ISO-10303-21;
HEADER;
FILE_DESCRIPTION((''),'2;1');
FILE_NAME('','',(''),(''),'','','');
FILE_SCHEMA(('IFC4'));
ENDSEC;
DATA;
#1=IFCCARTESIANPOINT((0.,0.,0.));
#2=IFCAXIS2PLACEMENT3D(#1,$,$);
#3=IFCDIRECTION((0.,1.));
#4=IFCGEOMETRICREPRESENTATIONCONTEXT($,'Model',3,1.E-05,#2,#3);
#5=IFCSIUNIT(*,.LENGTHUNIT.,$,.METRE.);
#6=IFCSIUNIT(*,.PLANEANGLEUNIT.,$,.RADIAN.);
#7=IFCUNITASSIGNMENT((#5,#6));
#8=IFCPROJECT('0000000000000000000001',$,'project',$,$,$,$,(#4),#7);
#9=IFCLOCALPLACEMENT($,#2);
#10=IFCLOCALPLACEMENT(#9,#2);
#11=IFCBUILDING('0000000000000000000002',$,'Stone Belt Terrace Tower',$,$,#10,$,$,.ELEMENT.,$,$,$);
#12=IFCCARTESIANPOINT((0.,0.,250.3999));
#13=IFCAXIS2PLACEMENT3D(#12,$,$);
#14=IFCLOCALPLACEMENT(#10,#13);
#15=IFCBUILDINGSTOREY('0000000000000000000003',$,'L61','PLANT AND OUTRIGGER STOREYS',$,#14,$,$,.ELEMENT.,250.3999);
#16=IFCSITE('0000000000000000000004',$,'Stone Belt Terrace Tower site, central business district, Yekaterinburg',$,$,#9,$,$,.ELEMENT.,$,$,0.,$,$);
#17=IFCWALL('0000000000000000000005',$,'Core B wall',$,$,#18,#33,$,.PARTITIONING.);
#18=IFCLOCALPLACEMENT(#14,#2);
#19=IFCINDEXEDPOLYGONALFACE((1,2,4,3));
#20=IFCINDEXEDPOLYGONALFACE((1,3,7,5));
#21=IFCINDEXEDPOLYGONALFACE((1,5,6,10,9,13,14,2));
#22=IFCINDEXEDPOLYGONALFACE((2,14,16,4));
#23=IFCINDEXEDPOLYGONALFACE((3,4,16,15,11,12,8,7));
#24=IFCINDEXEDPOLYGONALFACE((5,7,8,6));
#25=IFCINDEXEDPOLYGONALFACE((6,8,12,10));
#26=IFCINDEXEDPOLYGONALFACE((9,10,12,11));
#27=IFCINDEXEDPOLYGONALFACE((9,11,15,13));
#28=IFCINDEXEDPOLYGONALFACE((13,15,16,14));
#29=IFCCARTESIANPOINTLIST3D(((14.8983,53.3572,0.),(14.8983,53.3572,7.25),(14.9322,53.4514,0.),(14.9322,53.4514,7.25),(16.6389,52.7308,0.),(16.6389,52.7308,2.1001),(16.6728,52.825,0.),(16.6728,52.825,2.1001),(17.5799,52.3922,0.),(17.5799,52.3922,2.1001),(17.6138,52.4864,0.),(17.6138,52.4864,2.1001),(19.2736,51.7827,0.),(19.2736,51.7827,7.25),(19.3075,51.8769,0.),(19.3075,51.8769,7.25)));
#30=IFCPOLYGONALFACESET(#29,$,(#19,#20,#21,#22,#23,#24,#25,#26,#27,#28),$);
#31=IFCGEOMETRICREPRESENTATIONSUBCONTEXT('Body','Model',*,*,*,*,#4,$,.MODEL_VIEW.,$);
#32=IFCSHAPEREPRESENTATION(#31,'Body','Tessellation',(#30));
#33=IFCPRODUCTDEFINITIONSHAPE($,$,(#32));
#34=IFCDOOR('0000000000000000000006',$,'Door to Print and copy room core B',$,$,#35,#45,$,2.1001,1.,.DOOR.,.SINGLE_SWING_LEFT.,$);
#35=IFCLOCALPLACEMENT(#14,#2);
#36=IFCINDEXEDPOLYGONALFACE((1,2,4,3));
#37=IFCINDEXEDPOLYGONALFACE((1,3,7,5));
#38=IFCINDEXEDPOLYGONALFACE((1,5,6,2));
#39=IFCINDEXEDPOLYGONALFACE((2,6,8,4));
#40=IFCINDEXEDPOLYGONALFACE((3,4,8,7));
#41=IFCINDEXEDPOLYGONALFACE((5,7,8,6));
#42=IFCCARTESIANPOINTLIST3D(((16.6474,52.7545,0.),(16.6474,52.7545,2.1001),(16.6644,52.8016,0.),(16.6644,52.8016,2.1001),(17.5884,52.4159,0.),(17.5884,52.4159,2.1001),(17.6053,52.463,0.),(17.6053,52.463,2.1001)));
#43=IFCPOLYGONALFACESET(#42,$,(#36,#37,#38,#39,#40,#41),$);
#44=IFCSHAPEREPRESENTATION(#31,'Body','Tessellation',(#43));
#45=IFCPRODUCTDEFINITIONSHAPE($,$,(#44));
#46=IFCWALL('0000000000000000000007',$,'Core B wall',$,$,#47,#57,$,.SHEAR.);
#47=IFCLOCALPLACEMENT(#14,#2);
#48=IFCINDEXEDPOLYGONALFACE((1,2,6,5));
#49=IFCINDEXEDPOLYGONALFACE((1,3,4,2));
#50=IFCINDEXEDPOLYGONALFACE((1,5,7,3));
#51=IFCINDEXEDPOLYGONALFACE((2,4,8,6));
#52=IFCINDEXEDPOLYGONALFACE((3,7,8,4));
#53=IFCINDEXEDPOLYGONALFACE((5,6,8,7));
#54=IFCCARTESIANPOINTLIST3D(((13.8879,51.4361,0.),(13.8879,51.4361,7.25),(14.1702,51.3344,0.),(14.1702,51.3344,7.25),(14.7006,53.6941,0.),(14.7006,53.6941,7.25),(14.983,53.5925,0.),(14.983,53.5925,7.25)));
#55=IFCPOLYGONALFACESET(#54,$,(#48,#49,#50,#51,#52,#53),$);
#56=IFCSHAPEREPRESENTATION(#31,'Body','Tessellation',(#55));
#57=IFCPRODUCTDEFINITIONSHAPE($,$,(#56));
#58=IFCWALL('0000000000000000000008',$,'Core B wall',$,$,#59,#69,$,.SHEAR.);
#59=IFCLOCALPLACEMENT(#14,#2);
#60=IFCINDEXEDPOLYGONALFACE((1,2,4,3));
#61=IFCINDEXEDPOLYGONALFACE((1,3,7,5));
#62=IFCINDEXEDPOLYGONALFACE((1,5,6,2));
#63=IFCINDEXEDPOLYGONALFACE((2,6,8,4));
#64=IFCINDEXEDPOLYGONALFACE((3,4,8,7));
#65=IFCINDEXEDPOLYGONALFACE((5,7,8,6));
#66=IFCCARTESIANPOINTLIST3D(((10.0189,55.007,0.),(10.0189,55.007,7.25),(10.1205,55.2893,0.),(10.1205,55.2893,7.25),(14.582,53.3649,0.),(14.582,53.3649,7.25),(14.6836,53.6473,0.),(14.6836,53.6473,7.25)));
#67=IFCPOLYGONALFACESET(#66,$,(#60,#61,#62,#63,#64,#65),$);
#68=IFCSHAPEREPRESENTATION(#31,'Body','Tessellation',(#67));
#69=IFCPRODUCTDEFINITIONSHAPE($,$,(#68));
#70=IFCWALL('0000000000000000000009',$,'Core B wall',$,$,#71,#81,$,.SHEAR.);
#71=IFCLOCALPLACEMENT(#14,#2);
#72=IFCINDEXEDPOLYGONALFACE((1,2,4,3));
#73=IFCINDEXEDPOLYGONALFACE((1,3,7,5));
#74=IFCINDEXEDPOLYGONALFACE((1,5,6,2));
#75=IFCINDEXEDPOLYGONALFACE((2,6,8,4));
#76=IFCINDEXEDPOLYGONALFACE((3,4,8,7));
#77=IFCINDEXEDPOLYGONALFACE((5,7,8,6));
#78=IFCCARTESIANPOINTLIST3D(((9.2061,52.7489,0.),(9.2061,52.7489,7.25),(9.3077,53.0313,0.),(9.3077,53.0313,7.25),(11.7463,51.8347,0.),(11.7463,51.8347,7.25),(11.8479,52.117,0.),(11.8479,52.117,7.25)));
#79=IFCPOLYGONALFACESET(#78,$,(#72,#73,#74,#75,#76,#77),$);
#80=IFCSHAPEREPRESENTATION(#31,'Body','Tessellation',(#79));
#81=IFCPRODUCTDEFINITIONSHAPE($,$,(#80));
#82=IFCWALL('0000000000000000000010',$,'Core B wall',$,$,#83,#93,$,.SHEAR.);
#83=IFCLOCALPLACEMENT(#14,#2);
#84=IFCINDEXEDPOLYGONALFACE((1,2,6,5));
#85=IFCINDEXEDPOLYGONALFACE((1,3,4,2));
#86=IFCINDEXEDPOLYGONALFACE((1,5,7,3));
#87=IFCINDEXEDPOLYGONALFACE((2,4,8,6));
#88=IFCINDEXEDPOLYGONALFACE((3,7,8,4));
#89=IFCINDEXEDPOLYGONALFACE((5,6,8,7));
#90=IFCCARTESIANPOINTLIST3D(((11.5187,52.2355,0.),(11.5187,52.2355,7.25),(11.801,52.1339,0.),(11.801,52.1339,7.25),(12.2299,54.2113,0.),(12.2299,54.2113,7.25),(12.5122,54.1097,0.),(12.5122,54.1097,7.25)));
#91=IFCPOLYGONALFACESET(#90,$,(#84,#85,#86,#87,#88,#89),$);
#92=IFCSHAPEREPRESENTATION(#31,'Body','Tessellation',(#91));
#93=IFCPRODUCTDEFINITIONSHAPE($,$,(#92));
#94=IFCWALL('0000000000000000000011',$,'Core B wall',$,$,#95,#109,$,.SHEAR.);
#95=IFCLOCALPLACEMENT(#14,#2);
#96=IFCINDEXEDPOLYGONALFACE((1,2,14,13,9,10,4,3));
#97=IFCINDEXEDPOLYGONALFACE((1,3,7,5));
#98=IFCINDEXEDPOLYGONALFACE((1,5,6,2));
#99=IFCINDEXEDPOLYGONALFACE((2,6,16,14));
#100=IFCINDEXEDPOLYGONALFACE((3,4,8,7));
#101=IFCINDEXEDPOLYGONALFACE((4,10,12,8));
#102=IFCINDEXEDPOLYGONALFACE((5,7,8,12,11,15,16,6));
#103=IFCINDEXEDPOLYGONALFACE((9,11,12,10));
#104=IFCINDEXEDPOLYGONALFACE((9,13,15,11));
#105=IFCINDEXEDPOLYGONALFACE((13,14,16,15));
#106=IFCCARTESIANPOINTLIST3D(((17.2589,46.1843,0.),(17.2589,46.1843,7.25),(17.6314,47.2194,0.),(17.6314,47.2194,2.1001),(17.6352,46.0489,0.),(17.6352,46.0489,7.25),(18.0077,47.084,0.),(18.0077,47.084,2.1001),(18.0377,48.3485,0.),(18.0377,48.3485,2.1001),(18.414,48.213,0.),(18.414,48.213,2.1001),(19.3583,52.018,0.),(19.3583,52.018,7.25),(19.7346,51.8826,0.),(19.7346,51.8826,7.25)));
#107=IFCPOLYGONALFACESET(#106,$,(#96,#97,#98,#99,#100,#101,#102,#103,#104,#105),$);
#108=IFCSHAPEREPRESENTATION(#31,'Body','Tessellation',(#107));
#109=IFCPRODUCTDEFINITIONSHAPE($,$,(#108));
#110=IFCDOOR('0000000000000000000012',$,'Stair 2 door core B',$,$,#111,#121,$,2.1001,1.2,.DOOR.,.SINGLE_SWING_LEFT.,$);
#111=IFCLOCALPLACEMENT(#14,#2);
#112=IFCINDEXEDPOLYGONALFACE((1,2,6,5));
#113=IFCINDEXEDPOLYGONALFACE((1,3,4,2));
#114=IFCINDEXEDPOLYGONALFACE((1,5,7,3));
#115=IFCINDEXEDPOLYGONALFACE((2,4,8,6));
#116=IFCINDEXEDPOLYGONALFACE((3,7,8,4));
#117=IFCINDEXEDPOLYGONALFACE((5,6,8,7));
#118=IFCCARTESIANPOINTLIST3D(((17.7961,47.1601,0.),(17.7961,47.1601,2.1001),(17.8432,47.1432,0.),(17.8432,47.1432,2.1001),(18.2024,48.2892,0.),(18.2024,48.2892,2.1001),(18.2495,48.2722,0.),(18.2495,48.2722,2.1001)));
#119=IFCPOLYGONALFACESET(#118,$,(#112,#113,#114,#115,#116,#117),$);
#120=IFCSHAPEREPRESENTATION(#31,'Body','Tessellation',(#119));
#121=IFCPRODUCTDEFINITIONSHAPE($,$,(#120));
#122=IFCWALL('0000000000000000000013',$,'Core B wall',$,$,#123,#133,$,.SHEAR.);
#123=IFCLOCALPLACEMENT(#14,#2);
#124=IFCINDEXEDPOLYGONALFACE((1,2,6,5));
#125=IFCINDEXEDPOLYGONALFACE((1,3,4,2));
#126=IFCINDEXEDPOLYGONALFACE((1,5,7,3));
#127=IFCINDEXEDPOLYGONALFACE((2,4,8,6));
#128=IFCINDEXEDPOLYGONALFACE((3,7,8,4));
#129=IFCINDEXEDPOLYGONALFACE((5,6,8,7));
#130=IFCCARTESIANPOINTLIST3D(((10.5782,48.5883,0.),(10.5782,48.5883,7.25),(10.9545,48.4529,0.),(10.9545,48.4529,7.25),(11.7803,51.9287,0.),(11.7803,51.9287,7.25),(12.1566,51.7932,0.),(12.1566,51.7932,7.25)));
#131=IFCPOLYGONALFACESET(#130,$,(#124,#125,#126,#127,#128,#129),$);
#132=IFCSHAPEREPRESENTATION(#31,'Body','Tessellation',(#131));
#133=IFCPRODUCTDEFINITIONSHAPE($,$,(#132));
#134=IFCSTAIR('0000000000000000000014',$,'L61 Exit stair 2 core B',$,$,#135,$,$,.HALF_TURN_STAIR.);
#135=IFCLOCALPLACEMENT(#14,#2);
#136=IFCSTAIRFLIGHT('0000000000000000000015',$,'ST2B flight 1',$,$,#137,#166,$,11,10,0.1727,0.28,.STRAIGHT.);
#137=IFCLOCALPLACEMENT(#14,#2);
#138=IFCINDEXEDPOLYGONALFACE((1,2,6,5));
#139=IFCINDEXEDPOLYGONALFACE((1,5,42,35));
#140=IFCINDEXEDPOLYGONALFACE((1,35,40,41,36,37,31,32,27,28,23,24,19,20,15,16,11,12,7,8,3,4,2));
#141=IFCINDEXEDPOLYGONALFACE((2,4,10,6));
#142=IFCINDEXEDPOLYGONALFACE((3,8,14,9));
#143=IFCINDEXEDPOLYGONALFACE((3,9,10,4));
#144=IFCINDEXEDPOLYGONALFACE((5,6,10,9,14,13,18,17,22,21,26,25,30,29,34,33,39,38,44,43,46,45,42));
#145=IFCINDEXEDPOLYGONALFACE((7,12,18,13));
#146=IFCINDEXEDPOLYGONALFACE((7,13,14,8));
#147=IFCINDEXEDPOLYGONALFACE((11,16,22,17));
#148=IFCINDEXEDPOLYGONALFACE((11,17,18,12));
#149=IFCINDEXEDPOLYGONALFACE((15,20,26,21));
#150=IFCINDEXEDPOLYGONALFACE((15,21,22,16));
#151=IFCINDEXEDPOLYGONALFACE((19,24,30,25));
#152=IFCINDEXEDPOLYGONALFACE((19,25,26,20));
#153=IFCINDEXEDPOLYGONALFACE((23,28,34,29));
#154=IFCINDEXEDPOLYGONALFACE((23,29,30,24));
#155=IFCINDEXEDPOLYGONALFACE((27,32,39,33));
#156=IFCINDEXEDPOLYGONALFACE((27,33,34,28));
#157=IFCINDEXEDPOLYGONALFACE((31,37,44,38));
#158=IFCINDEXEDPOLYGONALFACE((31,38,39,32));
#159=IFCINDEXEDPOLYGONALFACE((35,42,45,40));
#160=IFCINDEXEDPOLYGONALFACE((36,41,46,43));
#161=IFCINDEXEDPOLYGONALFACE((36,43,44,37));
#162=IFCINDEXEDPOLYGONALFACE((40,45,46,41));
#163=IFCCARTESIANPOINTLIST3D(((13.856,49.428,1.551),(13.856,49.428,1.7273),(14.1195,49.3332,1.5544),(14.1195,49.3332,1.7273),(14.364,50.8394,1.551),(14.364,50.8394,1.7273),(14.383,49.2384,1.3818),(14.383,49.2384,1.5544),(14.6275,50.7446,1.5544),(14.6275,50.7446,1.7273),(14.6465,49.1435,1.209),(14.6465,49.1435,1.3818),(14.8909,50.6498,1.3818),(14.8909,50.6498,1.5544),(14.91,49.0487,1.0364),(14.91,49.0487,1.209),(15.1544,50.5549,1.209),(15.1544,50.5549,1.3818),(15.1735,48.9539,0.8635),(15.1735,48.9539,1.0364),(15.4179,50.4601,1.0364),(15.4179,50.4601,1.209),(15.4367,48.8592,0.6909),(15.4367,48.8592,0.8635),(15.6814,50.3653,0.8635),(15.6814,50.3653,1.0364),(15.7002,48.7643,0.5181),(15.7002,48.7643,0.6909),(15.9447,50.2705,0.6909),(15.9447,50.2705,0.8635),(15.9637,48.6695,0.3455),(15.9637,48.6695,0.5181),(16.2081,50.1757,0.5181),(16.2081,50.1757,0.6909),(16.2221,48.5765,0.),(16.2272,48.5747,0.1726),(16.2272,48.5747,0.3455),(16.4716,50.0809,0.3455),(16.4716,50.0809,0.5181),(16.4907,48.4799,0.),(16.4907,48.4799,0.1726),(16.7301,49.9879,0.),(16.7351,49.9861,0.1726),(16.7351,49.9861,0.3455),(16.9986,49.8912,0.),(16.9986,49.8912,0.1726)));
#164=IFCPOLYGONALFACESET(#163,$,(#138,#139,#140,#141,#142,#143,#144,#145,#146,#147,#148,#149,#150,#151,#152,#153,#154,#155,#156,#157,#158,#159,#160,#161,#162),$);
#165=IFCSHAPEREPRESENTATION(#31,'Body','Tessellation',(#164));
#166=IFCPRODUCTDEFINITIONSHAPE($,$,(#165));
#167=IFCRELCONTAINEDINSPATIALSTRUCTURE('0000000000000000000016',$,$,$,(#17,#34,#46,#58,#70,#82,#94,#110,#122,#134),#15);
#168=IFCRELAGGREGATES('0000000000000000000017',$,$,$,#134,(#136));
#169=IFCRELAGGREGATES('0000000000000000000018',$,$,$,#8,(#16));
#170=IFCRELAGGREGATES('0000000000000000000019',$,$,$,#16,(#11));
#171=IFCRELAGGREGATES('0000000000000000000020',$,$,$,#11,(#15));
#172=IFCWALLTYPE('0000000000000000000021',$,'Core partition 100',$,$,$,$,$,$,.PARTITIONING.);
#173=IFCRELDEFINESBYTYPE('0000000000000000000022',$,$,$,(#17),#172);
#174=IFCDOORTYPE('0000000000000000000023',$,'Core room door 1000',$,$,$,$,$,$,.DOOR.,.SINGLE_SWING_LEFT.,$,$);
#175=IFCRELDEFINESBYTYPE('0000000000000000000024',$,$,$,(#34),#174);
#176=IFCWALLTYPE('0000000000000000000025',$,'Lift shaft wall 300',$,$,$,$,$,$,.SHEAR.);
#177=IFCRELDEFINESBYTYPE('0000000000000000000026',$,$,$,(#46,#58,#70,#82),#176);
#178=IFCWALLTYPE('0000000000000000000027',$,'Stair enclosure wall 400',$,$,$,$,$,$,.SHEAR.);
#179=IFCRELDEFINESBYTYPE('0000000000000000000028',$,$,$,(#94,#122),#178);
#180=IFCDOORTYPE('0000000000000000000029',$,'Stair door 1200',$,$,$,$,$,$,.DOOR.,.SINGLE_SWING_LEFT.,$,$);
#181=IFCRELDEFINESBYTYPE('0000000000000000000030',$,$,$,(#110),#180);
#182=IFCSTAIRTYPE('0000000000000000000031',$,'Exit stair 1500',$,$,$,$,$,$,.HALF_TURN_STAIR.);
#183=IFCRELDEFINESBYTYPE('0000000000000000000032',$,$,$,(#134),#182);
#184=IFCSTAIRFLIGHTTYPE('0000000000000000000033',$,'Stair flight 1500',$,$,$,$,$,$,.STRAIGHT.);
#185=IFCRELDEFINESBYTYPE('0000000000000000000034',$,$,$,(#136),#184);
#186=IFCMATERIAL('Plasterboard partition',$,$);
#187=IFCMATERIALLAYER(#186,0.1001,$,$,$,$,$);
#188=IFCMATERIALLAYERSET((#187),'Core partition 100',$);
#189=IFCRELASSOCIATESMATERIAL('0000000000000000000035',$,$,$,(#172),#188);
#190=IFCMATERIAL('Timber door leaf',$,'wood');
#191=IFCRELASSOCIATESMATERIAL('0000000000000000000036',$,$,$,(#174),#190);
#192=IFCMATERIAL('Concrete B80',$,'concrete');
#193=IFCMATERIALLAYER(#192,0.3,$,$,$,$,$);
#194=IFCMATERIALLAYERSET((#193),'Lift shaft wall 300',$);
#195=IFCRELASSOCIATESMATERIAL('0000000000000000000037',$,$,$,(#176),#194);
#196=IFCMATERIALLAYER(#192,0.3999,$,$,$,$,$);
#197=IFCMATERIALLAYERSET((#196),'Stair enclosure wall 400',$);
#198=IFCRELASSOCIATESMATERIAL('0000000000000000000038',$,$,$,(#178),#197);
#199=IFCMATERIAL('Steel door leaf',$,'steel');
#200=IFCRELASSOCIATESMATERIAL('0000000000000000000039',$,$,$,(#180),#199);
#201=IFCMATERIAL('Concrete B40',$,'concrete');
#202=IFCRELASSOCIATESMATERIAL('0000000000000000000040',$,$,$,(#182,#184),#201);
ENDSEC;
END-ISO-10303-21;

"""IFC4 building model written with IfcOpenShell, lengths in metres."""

from ifc_helpers import new_model, si_unit, direction, frame, frame_2d, origin, place, context, subcontext, project, spatial, polyline, rectangle, outline, extrude, material, layer, layer_set, type_object, element, fill, aggregate, save


model = new_model("IFC4")

# Units and contexts
model_context = context("Model", 3, precision=1e-05, world=origin(), true_north=direction((0.0, 1.0)))
body_context = subcontext(model_context, "Body", "Model", "MODEL_VIEW")
ifc_project = project(units=[si_unit("LENGTHUNIT", "METRE"), si_unit("PLANEANGLEUNIT", "RADIAN")], contexts=[model_context])

# Site, building, storey
site_placement = place(None, origin())
site = spatial("IfcSite", under=ifc_project, at=site_placement, Name="Stone Belt Terrace Tower site, central business district, Yekaterinburg", CompositionType="ELEMENT", RefElevation=0.0)
building_placement = place(site_placement, origin())
building = spatial("IfcBuilding", under=site, at=building_placement, Name="Stone Belt Terrace Tower", CompositionType="ELEMENT")
storey_placement = place(building_placement, frame((0.0, 0.0, 250.3999)))
storey = spatial("IfcBuildingStorey", under=building, at=storey_placement, Name="L61", Description="PLANT AND OUTRIGGER STOREYS", CompositionType="ELEMENT", Elevation=250.3999)

# Wall, opening, door
ifc_material_1 = material(Name="Plasterboard partition")
ifc_layer_1 = layer(ifc_material_1, 0.1001)
ifc_layer_set_1 = layer_set([ifc_layer_1], Name="Core partition 100")
wall_type_1 = type_object("IfcWallType", Name="Core partition 100", PredefinedType="PARTITIONING", material=ifc_layer_set_1)
wall_1_placement = place(storey_placement, frame((19.2905, 51.8298, 0.0), z_axis=(0.0, 0.0, 1.0), x_axis=(-0.94093, 0.3386, 0.0)))
wall_1 = element("IfcWall", 1, at=wall_1_placement, inside=storey, type_object=wall_type_1, Name="Core B wall", PredefinedType="PARTITIONING", context=body_context, shape_type="SweptSolid", body=[
    extrude(rectangle(XDim=4.6499, YDim=0.1001, at=frame_2d((2.325, 0.0))), origin(), (0.0, 0.0, 1.0), 7.25),
])
opening_1_placement = place(wall_1_placement, frame((1.8, 0.0, 0.0)))
opening_1 = element("IfcOpeningElement", 2, at=opening_1_placement, cuts=wall_1, PredefinedType="OPENING", context=body_context, shape_type="SweptSolid", body=[
    extrude(rectangle(XDim=1.0, YDim=2.1001, at=frame_2d((0.5, 1.05))), frame((0.0, 0.0601, 0.0), z_axis=(0.0, -1.0, 0.0), x_axis=(1.0, 0.0, 0.0)), (0.0, 0.0, 1.0), 0.1201),
])
ifc_material_2 = material(Name="Timber door leaf", Category="wood")
door_type_1 = type_object("IfcDoorType", Name="Core room door 1000", OperationType="SINGLE_SWING_LEFT", PredefinedType="DOOR", material=ifc_material_2)
door_1_placement = place(opening_1_placement, origin())
door_1 = element("IfcDoor", 3, at=door_1_placement, inside=storey, type_object=door_type_1, Name="Door to Print and copy room core B", OperationType="SINGLE_SWING_LEFT", OverallHeight=2.1001, OverallWidth=1.0, PredefinedType="DOOR", context=body_context, shape_type="SweptSolid", body=[
    extrude(rectangle(XDim=1.0, YDim=2.1001, at=frame_2d((0.5, 1.05))), frame((0.0, 0.0249, 0.0), z_axis=(0.0, -1.0, 0.0), x_axis=(1.0, 0.0, 0.0)), (0.0, 0.0, 1.0), 0.05),
])
fill(opening_1, door_1)

# Walls
ifc_material_3 = material(Name="Concrete B80", Category="concrete")
ifc_layer_2 = layer(ifc_material_3, 0.3)
ifc_layer_set_2 = layer_set([ifc_layer_2], Name="Lift shaft wall 300")
wall_type_2 = type_object("IfcWallType", Name="Lift shaft wall 300", PredefinedType="SHEAR", material=ifc_layer_set_2)
wall_2_placement = place(storey_placement, frame((14.0291, 51.3853, 0.0), z_axis=(0.0, 0.0, 1.0), x_axis=(0.338662, 0.940908, 0.0)))
element("IfcWall", 4, at=wall_2_placement, inside=storey, type_object=wall_type_2, Name="Core B wall", PredefinedType="SHEAR", context=body_context, shape_type="SweptSolid", body=[
    extrude(rectangle(XDim=2.3999, YDim=0.3, at=frame_2d((1.2, 0.0))), origin(), (0.0, 0.0, 1.0), 7.25),
])
wall_3_placement = place(storey_placement, frame((14.6328, 53.5061, 0.0), z_axis=(0.0, 0.0, 1.0), x_axis=(-0.940932, 0.338596, 0.0)))
element("IfcWall", 5, at=wall_3_placement, inside=storey, type_object=wall_type_2, Name="Core B wall", PredefinedType="SHEAR", context=body_context, shape_type="SweptSolid", body=[
    extrude(rectangle(XDim=4.8496, YDim=0.3, at=frame_2d((2.4248, 0.0))), origin(), (0.0, 0.0, 1.0), 7.25),
])
wall_4_placement = place(storey_placement, frame((11.7971, 51.9758, 0.0), z_axis=(0.0, 0.0, 1.0), x_axis=(-0.94091, 0.338655, 0.0)))
element("IfcWall", 6, at=wall_4_placement, inside=storey, type_object=wall_type_2, Name="Core B wall", PredefinedType="SHEAR", context=body_context, shape_type="SweptSolid", body=[
    extrude(rectangle(XDim=2.6997, YDim=0.3, at=frame_2d((1.3499, 0.0))), origin(), (0.0, 0.0, 1.0), 7.25),
])
wall_5_placement = place(storey_placement, frame((11.6599, 52.1848, 0.0), z_axis=(0.0, 0.0, 1.0), x_axis=(0.33867, 0.940905, 0.0)))
element("IfcWall", 7, at=wall_5_placement, inside=storey, type_object=wall_type_2, Name="Core B wall", PredefinedType="SHEAR", context=body_context, shape_type="SweptSolid", body=[
    extrude(rectangle(XDim=2.0999, YDim=0.3, at=frame_2d((1.0498, 0.0))), origin(), (0.0, 0.0, 1.0), 7.25),
])

# Wall, opening, door
ifc_layer_3 = layer(ifc_material_3, 0.3999)
ifc_layer_set_3 = layer_set([ifc_layer_3], Name="Stair enclosure wall 400")
wall_type_3 = type_object("IfcWallType", Name="Stair enclosure wall 400", PredefinedType="SHEAR", material=ifc_layer_set_3)
wall_6_placement = place(storey_placement, frame((17.447, 46.1165, 0.0), z_axis=(0.0, 0.0, 1.0), x_axis=(0.338608, 0.940928, 0.0)))
wall_6 = element("IfcWall", 8, at=wall_6_placement, inside=storey, type_object=wall_type_3, Name="Core B wall", PredefinedType="SHEAR", context=body_context, shape_type="SweptSolid", body=[
    extrude(rectangle(XDim=6.2, YDim=0.3999, at=frame_2d((3.1001, 0.0))), origin(), (0.0, 0.0, 1.0), 7.25),
])
opening_2_placement = place(wall_6_placement, frame((1.1001, 0.0, 0.0)))
opening_2 = element("IfcOpeningElement", 9, at=opening_2_placement, cuts=wall_6, PredefinedType="OPENING", context=body_context, shape_type="SweptSolid", body=[
    extrude(rectangle(XDim=1.2, YDim=2.1001, at=frame_2d((0.6001, 1.05))), frame((0.0, 0.21, 0.0), z_axis=(0.0, -1.0, 0.0), x_axis=(1.0, 0.0, 0.0)), (0.0, 0.0, 1.0), 0.4199),
])
ifc_material_4 = material(Name="Steel door leaf", Category="steel")
door_type_2 = type_object("IfcDoorType", Name="Stair door 1200", OperationType="SINGLE_SWING_LEFT", PredefinedType="DOOR", material=ifc_material_4)
door_2_placement = place(opening_2_placement, origin())
door_2 = element("IfcDoor", 10, at=door_2_placement, inside=storey, type_object=door_type_2, Name="Stair 2 door core B", OperationType="SINGLE_SWING_LEFT", OverallHeight=2.1001, OverallWidth=1.2, PredefinedType="DOOR", context=body_context, shape_type="SweptSolid", body=[
    extrude(rectangle(XDim=1.2, YDim=2.1001, at=frame_2d((0.6001, 1.05))), frame((0.0, 0.0249, 0.0), z_axis=(0.0, -1.0, 0.0), x_axis=(1.0, 0.0, 0.0)), (0.0, 0.0, 1.0), 0.05),
])
fill(opening_2, door_2)

# Wall
wall_7_placement = place(storey_placement, frame((10.7664, 48.5208, 0.0), z_axis=(0.0, 0.0, 1.0), x_axis=(0.338627, 0.940921, 0.0)))
element("IfcWall", 11, at=wall_7_placement, inside=storey, type_object=wall_type_3, Name="Core B wall", PredefinedType="SHEAR", context=body_context, shape_type="SweptSolid", body=[
    extrude(rectangle(XDim=3.55, YDim=0.3999, at=frame_2d((1.7749, 0.0))), origin(), (0.0, 0.0, 1.0), 7.25),
])

# Stair, stair flight
ifc_material_5 = material(Name="Concrete B40", Category="concrete")
stair_type = type_object("IfcStairType", Name="Exit stair 1500", PredefinedType="HALF_TURN_STAIR", material=ifc_material_5)
stair_placement = place(storey_placement, origin())
stair = element("IfcStair", 12, at=stair_placement, inside=storey, type_object=stair_type, Name="L61 Exit stair 2 core B", PredefinedType="HALF_TURN_STAIR")
stair_flight_type = type_object("IfcStairFlightType", Name="Stair flight 1500", PredefinedType="STRAIGHT", material=ifc_material_5)
stair_flight_1_placement = place(storey_placement, frame((16.7446, 49.1855, 0.0), z_axis=(0.0, 0.0, 1.0), x_axis=(-0.940922, 0.338624, 0.0)))
stair_flight_1 = element("IfcStairFlight", 13, at=stair_flight_1_placement, type_object=stair_flight_type, Name="ST2B flight 1", NumberOfRisers=11, NumberOfTreads=10, PredefinedType="STRAIGHT", RiserHeight=0.1727, TreadLength=0.28, context=body_context, shape_type="SweptSolid", body=[
    extrude(outline(polyline([(0.0, 0.0), (0.0, 0.1726), (0.28, 0.1726), (0.28, 0.3455), (0.5601, 0.3455), (0.5601, 0.5181), (0.8401, 0.5181), (0.8401, 0.6909), (1.1201, 0.6909), (1.1201, 0.8635), (1.3999, 0.8635), (1.3999, 1.0364), (1.6799, 1.0364), (1.6799, 1.209), (1.96, 1.209), (1.96, 1.3818), (2.24, 1.3818), (2.24, 1.5544), (2.52, 1.5544), (2.52, 1.7273), (2.8, 1.7273), (2.8, 1.8999), (2.8, 1.551), (0.2854, 0.0), (0.0, 0.0)])), frame((0.0, 0.75, 0.0), z_axis=(0.0, -1.0, 0.0), x_axis=(1.0, 0.0, 0.0)), (0.0, 0.0, 1.0), 1.5),
])
aggregate(stair, [stair_flight_1])

save(model, "model.ifc")
